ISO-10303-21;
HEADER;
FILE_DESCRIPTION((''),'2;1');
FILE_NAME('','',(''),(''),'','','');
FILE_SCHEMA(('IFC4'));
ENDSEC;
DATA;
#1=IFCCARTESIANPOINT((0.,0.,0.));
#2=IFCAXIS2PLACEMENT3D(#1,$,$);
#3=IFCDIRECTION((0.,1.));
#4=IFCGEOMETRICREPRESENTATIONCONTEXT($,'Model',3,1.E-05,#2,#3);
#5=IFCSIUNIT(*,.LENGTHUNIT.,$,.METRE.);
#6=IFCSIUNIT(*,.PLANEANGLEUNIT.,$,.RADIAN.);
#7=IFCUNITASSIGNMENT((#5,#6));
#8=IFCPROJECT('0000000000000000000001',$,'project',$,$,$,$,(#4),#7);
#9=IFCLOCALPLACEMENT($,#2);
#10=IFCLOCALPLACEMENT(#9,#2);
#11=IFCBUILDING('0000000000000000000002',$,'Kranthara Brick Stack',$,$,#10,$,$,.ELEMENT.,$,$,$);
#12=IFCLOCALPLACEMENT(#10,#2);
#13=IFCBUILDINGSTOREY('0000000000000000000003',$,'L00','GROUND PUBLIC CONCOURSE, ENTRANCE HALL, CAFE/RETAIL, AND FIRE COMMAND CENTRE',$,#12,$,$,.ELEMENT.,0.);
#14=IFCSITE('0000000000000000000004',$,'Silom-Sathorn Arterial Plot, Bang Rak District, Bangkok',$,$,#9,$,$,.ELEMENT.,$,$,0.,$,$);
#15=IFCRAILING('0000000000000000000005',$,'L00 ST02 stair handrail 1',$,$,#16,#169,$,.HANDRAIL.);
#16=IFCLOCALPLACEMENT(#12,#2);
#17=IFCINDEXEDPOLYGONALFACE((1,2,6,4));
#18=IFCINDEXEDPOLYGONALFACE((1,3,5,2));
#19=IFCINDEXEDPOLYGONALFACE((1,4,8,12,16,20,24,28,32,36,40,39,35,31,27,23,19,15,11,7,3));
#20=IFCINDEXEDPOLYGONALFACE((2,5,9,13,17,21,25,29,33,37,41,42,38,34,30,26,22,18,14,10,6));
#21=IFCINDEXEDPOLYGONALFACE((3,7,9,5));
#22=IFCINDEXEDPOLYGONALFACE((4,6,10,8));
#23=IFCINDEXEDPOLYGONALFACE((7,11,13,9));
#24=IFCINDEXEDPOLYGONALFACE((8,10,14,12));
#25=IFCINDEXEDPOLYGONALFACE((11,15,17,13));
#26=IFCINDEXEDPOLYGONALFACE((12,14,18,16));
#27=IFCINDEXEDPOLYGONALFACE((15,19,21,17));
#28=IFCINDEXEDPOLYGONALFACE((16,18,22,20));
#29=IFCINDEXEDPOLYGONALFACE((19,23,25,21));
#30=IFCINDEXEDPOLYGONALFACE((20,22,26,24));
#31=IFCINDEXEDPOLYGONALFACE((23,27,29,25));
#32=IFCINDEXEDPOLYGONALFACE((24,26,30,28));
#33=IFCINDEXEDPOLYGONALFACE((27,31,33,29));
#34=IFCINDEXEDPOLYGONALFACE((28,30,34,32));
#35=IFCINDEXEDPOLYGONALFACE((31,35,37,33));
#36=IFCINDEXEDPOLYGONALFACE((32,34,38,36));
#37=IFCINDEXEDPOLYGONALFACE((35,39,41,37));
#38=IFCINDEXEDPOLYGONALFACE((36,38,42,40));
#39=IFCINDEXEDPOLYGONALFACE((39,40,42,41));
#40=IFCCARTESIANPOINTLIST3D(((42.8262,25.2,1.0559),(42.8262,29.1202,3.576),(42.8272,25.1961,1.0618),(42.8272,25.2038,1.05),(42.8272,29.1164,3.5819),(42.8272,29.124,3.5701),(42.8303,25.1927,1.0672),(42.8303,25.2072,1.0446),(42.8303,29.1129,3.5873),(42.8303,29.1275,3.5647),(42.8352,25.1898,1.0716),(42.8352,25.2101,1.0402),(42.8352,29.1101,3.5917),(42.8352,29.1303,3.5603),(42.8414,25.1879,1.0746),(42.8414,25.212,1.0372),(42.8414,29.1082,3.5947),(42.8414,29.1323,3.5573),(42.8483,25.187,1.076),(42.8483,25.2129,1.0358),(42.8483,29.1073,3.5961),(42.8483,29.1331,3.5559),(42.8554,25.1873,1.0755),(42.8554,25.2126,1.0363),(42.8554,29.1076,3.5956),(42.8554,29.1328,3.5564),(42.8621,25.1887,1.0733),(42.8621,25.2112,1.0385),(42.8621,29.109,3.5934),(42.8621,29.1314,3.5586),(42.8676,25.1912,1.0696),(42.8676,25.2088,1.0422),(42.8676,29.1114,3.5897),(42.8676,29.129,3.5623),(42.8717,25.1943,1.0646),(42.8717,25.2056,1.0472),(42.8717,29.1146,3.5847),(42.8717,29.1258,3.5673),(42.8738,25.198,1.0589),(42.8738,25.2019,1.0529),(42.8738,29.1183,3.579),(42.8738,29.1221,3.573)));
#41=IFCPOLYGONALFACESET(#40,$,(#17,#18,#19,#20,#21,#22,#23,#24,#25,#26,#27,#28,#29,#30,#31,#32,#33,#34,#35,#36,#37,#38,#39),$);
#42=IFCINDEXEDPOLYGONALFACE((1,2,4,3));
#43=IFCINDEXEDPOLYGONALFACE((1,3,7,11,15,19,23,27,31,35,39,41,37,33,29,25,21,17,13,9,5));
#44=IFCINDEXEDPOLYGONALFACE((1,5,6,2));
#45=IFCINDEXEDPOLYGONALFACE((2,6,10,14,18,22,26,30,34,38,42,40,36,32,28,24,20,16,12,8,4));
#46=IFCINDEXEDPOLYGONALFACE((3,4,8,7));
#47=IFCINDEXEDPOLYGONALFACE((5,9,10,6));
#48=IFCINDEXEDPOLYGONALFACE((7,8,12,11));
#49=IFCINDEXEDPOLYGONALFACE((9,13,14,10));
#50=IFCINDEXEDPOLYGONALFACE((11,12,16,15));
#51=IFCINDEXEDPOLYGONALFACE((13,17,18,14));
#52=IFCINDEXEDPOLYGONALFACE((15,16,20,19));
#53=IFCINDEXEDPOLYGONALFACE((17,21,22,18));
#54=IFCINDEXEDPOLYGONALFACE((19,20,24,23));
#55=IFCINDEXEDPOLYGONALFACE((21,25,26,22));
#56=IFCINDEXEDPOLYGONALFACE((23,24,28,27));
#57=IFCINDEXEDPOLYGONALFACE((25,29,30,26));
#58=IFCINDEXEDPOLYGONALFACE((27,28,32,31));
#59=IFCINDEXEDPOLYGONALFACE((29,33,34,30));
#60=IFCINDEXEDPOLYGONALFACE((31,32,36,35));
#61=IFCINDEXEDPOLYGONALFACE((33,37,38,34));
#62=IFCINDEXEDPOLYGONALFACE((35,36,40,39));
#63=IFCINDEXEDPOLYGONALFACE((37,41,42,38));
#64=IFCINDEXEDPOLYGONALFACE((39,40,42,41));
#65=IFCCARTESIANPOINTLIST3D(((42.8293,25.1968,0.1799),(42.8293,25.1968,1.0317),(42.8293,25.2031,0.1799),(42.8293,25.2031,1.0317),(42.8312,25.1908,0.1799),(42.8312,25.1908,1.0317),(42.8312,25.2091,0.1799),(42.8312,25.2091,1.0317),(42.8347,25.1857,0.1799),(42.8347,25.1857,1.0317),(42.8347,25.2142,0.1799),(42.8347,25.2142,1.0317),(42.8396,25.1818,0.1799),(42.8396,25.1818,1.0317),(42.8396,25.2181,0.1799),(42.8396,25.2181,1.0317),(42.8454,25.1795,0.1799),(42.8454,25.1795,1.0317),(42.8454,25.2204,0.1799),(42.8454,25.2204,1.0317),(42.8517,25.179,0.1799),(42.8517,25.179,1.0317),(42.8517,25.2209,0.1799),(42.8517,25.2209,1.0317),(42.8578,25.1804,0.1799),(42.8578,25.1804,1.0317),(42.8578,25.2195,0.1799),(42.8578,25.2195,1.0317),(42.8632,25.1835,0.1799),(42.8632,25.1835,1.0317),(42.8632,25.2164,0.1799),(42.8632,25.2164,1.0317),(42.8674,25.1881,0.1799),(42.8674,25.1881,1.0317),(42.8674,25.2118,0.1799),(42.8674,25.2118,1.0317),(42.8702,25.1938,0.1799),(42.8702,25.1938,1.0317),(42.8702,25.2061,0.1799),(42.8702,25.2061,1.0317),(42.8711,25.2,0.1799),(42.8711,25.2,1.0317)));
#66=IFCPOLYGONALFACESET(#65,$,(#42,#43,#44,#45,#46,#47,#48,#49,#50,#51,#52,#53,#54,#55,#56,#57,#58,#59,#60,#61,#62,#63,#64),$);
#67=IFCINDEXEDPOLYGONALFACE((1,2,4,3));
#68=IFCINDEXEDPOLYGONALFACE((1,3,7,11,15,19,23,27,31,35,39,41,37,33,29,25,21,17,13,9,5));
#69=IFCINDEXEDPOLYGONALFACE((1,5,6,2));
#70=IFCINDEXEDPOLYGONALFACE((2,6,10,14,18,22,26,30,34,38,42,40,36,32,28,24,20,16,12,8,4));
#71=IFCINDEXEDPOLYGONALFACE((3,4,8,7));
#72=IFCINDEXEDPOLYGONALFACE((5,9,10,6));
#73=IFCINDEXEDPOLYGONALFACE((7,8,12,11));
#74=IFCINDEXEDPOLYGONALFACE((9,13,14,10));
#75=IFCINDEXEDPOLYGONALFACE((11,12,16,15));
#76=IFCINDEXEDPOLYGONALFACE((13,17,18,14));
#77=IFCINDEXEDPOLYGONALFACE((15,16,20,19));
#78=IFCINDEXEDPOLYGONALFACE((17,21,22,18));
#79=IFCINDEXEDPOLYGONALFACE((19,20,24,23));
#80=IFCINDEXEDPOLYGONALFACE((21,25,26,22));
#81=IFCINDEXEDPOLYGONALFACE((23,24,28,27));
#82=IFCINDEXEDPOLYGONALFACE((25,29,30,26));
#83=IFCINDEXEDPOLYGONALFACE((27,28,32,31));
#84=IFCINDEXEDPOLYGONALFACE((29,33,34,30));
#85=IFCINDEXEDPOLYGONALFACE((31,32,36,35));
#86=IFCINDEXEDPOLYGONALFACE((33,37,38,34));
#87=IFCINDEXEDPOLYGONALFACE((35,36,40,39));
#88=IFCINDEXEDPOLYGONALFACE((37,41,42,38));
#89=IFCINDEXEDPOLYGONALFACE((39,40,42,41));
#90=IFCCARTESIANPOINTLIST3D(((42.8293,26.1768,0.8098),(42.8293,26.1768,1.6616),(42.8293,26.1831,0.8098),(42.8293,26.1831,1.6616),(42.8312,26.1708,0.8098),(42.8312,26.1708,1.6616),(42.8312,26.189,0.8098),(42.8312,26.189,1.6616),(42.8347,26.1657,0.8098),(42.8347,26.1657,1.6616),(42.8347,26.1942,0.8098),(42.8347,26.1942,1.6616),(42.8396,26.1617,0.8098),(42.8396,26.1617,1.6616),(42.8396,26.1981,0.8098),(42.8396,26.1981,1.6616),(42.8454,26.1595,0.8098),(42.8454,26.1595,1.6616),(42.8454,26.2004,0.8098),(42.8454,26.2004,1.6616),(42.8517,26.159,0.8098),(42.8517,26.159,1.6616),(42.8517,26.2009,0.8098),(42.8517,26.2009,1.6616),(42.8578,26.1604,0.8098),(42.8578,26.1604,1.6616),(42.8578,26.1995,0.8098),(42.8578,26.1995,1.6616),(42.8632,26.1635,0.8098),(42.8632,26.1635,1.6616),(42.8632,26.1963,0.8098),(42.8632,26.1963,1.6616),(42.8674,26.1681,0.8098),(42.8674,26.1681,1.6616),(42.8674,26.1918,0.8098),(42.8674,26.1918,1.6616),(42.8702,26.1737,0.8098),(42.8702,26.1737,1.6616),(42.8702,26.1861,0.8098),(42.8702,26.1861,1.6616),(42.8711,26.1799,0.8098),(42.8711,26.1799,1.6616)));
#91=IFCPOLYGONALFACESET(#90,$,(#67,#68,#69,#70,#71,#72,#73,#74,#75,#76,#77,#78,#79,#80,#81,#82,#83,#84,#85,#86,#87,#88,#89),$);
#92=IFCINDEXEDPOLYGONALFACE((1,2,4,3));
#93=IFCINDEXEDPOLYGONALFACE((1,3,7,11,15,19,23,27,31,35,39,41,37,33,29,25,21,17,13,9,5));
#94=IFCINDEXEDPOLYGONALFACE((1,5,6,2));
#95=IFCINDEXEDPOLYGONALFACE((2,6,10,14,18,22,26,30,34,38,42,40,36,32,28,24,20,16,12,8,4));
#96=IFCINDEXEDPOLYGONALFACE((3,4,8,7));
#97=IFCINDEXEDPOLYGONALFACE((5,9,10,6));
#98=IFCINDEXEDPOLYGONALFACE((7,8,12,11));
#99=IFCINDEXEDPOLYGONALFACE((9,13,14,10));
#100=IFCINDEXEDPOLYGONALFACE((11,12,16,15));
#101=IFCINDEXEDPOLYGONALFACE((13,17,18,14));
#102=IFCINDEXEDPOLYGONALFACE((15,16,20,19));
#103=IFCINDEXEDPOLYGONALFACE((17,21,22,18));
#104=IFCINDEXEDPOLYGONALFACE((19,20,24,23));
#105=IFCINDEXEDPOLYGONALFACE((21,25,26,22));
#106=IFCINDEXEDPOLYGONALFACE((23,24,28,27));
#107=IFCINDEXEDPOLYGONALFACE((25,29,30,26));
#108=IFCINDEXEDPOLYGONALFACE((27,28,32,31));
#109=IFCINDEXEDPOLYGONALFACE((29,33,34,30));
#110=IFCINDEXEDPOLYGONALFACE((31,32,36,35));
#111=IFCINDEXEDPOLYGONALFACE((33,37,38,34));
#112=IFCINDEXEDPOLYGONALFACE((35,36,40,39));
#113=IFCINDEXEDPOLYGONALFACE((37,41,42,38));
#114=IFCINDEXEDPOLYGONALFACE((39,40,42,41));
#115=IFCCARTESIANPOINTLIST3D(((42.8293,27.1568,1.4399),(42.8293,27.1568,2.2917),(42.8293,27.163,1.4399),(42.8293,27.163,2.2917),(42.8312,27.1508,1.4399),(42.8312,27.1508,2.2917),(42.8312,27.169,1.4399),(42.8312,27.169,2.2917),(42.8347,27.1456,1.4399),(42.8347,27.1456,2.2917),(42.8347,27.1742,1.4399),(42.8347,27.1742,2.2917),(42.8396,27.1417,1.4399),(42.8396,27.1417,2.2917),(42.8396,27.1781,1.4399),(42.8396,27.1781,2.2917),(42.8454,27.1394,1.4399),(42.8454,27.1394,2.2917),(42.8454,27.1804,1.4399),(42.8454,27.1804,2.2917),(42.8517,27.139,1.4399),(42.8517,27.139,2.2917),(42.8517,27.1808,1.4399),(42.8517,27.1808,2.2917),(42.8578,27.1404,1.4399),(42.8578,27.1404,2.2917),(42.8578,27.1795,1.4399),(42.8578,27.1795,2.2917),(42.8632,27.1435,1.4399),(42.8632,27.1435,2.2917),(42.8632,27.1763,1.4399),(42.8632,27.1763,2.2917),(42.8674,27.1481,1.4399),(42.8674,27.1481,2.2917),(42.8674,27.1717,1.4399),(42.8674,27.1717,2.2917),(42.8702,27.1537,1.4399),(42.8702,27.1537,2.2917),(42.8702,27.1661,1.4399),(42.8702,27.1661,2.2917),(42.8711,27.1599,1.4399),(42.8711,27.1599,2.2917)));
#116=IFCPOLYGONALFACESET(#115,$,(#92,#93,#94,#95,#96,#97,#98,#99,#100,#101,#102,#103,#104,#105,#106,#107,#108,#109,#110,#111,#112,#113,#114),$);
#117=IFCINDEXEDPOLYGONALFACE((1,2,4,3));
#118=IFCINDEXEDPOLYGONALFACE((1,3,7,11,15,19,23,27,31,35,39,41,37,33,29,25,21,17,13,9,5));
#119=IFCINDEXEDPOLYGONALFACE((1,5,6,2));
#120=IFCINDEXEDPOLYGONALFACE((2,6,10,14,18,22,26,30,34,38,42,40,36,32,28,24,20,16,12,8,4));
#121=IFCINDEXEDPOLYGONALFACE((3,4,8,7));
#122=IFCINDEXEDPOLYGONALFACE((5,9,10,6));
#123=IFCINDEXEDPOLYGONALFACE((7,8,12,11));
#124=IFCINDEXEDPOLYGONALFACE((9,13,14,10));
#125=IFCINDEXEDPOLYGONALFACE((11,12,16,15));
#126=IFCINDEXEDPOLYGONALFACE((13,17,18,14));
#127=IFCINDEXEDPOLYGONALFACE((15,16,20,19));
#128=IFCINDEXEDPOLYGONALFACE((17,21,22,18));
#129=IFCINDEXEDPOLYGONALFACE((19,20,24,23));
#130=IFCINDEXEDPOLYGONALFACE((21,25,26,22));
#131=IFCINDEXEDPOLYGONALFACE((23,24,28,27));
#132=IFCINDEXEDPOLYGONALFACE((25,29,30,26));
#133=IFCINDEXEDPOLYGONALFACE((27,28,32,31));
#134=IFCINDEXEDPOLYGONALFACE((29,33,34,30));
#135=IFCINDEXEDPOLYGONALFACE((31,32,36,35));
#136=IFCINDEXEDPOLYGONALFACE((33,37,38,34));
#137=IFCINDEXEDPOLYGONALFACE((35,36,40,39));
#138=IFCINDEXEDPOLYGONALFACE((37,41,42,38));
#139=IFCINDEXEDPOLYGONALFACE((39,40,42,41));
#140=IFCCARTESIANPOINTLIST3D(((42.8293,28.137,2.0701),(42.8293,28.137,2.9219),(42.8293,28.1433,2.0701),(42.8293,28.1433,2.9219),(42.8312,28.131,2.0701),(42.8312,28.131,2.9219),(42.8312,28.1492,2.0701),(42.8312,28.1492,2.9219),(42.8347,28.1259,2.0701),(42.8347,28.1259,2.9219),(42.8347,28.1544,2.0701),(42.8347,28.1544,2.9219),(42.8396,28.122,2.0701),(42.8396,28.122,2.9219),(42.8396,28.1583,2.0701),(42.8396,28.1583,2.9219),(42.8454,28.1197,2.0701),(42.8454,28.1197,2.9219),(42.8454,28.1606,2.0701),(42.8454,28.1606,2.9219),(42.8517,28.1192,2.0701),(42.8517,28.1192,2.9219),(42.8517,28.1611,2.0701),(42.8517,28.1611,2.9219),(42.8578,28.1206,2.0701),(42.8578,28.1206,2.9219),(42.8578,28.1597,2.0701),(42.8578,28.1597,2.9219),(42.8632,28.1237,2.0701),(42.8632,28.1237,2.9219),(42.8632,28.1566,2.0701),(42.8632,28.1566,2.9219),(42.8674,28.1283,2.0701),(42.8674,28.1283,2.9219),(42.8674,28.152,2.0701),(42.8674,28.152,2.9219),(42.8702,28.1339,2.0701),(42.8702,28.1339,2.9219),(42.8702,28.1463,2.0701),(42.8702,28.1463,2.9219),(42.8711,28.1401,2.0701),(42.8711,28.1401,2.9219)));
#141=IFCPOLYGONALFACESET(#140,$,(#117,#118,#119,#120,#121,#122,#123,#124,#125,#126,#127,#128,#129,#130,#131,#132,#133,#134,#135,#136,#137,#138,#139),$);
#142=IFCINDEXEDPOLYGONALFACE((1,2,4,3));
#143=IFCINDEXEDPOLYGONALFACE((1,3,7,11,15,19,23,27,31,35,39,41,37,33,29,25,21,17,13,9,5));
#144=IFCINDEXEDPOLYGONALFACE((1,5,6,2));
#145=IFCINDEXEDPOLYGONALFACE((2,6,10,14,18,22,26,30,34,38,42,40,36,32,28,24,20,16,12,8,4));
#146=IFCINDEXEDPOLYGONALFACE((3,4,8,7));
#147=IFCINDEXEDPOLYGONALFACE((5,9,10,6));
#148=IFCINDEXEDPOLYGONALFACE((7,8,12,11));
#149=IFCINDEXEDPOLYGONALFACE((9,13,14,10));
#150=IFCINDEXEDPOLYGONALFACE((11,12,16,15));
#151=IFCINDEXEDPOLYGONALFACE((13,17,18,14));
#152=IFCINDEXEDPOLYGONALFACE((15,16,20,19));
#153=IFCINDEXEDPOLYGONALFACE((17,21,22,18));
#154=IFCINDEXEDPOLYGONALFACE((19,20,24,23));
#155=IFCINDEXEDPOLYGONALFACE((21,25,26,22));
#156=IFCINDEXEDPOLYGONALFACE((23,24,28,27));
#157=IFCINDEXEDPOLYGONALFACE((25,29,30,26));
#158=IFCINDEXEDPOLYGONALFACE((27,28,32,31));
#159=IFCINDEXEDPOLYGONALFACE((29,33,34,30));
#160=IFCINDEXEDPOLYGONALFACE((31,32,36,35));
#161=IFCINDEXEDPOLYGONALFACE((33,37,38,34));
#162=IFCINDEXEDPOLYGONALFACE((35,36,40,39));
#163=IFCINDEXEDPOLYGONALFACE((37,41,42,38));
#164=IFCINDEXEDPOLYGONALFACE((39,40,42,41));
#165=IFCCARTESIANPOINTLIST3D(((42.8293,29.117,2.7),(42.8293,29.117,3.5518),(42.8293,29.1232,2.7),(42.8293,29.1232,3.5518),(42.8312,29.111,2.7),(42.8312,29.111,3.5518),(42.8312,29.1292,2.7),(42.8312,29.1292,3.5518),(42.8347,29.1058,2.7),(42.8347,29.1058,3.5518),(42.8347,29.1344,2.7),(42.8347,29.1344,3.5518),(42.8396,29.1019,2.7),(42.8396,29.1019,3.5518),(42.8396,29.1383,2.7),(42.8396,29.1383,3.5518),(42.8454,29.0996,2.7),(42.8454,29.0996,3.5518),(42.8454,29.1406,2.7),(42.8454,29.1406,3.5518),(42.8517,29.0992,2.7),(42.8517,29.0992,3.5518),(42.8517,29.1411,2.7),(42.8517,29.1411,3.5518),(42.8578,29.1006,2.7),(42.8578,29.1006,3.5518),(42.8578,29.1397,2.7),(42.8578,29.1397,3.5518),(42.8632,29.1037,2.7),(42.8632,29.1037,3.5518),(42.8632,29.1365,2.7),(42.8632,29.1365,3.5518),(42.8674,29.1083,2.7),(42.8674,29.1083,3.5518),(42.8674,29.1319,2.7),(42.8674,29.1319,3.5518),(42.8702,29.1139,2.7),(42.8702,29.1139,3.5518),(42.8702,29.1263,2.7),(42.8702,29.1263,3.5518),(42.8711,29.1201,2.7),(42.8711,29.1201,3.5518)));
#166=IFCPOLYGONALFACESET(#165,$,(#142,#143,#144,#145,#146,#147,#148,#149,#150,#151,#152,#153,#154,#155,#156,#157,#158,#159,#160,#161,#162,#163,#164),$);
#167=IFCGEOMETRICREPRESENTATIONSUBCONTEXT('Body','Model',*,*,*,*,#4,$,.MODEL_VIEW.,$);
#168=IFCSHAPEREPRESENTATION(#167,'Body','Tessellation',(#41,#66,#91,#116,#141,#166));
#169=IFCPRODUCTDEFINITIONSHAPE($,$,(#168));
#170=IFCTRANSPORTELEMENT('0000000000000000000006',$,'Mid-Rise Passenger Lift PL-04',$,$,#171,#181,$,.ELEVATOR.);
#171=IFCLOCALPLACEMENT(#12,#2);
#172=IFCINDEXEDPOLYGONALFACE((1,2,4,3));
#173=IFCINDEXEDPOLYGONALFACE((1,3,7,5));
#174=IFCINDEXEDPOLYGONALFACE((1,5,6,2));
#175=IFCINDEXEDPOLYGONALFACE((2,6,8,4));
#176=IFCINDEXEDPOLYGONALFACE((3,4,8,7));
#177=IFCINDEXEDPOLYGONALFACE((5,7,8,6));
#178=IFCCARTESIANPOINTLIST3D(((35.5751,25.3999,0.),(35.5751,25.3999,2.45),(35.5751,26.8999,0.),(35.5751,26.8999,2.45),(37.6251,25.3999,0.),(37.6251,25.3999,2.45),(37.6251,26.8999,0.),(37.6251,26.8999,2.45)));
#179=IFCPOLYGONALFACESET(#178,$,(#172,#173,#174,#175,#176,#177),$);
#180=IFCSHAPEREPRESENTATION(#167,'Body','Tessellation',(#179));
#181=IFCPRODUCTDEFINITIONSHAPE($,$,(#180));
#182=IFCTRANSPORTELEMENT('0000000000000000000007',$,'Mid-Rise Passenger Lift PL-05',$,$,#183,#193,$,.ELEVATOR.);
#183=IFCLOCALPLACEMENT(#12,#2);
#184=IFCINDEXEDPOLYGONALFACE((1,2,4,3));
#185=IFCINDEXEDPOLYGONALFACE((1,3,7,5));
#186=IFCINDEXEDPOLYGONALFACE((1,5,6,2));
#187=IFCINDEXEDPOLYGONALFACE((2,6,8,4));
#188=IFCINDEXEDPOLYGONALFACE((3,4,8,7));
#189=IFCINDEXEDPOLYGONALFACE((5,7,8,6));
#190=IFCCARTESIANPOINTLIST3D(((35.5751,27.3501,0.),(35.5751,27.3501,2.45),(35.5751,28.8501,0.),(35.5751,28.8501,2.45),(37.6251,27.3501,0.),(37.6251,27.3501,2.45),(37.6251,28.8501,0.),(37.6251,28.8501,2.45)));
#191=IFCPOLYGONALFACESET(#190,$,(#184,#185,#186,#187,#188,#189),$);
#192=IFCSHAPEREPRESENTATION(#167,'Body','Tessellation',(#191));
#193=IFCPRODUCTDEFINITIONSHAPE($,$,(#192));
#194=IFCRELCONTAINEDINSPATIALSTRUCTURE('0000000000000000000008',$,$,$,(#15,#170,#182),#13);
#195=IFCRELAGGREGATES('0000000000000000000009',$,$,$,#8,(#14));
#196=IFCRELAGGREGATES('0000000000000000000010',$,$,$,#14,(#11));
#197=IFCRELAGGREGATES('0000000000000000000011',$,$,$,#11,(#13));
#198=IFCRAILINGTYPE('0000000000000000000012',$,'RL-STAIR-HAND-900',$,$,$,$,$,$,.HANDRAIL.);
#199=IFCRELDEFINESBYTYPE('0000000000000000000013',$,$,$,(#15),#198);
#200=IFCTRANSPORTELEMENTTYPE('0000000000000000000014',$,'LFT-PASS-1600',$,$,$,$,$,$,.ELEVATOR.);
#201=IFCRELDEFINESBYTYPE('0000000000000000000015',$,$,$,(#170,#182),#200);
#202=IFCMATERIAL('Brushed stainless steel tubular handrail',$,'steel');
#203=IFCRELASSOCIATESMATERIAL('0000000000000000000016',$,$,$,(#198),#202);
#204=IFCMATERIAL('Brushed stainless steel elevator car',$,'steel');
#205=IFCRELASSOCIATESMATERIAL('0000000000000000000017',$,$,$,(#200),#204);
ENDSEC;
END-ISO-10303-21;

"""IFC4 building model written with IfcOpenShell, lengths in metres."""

from ifc_helpers import new_model, si_unit, direction, frame, origin, origin_2d, place, context, subcontext, project, spatial, rectangle, circle, extrude, material, type_object, element, save


model = new_model("IFC4")

# Units and contexts
model_context = context("Model", 3, precision=1e-05, world=origin(), true_north=direction((0.0, 1.0)))
body_context = subcontext(model_context, "Body", "Model", "MODEL_VIEW")
ifc_project = project(units=[si_unit("LENGTHUNIT", "METRE"), si_unit("PLANEANGLEUNIT", "RADIAN")], contexts=[model_context])

# Site, building, storey
site_placement = place(None, origin())
site = spatial("IfcSite", under=ifc_project, at=site_placement, Name="Silom-Sathorn Arterial Plot, Bang Rak District, Bangkok", CompositionType="ELEMENT", RefElevation=0.0)
building_placement = place(site_placement, origin())
building = spatial("IfcBuilding", under=site, at=building_placement, Name="Kranthara Brick Stack", CompositionType="ELEMENT")
storey_placement = place(building_placement, origin())
storey = spatial("IfcBuildingStorey", under=building, at=storey_placement, Name="L00", Description="GROUND PUBLIC CONCOURSE, ENTRANCE HALL, CAFE/RETAIL, AND FIRE COMMAND CENTRE", CompositionType="ELEMENT", Elevation=0.0)

# Railing
ifc_material_1 = material(Name="Brushed stainless steel tubular handrail", Category="steel")
railing_type_1 = type_object("IfcRailingType", Name="RL-STAIR-HAND-900", PredefinedType="HANDRAIL", material=ifc_material_1)
railing_1_placement = place(storey_placement, frame((42.8501, 25.2, 0.1799)))
element("IfcRailing", 1, at=railing_1_placement, inside=storey, type_object=railing_type_1, Name="L00 ST02 stair handrail 1", PredefinedType="HANDRAIL", context=body_context, shape_type="SweptSolid", body=[
    extrude(circle(Radius=0.0239, at=origin_2d()), frame((0.0, 0.0, 0.876), z_axis=(0.0, 0.841187, 0.540744), x_axis=(-1.0, 0.0, 0.0)), (0.0, 0.0, 1.0), 4.6604),
    extrude(circle(Radius=0.021, at=origin_2d()), origin(), (0.0, 0.0, 1.0), 0.8518),
    extrude(circle(Radius=0.021, at=origin_2d()), frame((0.0, 0.98, 0.6299)), (0.0, 0.0, 1.0), 0.8518),
    extrude(circle(Radius=0.021, at=origin_2d()), frame((0.0, 1.96, 1.26)), (0.0, 0.0, 1.0), 0.8518),
    extrude(circle(Radius=0.021, at=origin_2d()), frame((0.0, 2.9402, 1.8901)), (0.0, 0.0, 1.0), 0.8518),
    extrude(circle(Radius=0.021, at=origin_2d()), frame((0.0, 3.9202, 2.52)), (0.0, 0.0, 1.0), 0.8518),
])

# Transport elements
ifc_material_2 = material(Name="Brushed stainless steel elevator car", Category="steel")
transport_element_type = type_object("IfcTransportElementType", Name="LFT-PASS-1600", PredefinedType="ELEVATOR", material=ifc_material_2)
for number, where, z_axis, x_axis, name in (
    (2, (36.6001, 26.1499, 0.0), (0.0, 0.0, 1.0), (1.0, 0.0, 0.0), "Mid-Rise Passenger Lift PL-04"),
    (3, (36.6001, 28.1001, 0.0), (0.0, 0.0, 1.0), (1.0, 0.0, 0.0), "Mid-Rise Passenger Lift PL-05"),
):
    element("IfcTransportElement", number, at=place(storey_placement, frame(where, z_axis=z_axis, x_axis=x_axis)), inside=storey, type_object=transport_element_type, Name=name, PredefinedType="ELEVATOR", context=body_context, shape_type="SweptSolid", body=[
        extrude(rectangle(XDim=2.05, YDim=1.5, at=origin_2d()), origin(), (0.0, 0.0, 1.0), 2.45),
    ])

save(model, "model.ifc")
